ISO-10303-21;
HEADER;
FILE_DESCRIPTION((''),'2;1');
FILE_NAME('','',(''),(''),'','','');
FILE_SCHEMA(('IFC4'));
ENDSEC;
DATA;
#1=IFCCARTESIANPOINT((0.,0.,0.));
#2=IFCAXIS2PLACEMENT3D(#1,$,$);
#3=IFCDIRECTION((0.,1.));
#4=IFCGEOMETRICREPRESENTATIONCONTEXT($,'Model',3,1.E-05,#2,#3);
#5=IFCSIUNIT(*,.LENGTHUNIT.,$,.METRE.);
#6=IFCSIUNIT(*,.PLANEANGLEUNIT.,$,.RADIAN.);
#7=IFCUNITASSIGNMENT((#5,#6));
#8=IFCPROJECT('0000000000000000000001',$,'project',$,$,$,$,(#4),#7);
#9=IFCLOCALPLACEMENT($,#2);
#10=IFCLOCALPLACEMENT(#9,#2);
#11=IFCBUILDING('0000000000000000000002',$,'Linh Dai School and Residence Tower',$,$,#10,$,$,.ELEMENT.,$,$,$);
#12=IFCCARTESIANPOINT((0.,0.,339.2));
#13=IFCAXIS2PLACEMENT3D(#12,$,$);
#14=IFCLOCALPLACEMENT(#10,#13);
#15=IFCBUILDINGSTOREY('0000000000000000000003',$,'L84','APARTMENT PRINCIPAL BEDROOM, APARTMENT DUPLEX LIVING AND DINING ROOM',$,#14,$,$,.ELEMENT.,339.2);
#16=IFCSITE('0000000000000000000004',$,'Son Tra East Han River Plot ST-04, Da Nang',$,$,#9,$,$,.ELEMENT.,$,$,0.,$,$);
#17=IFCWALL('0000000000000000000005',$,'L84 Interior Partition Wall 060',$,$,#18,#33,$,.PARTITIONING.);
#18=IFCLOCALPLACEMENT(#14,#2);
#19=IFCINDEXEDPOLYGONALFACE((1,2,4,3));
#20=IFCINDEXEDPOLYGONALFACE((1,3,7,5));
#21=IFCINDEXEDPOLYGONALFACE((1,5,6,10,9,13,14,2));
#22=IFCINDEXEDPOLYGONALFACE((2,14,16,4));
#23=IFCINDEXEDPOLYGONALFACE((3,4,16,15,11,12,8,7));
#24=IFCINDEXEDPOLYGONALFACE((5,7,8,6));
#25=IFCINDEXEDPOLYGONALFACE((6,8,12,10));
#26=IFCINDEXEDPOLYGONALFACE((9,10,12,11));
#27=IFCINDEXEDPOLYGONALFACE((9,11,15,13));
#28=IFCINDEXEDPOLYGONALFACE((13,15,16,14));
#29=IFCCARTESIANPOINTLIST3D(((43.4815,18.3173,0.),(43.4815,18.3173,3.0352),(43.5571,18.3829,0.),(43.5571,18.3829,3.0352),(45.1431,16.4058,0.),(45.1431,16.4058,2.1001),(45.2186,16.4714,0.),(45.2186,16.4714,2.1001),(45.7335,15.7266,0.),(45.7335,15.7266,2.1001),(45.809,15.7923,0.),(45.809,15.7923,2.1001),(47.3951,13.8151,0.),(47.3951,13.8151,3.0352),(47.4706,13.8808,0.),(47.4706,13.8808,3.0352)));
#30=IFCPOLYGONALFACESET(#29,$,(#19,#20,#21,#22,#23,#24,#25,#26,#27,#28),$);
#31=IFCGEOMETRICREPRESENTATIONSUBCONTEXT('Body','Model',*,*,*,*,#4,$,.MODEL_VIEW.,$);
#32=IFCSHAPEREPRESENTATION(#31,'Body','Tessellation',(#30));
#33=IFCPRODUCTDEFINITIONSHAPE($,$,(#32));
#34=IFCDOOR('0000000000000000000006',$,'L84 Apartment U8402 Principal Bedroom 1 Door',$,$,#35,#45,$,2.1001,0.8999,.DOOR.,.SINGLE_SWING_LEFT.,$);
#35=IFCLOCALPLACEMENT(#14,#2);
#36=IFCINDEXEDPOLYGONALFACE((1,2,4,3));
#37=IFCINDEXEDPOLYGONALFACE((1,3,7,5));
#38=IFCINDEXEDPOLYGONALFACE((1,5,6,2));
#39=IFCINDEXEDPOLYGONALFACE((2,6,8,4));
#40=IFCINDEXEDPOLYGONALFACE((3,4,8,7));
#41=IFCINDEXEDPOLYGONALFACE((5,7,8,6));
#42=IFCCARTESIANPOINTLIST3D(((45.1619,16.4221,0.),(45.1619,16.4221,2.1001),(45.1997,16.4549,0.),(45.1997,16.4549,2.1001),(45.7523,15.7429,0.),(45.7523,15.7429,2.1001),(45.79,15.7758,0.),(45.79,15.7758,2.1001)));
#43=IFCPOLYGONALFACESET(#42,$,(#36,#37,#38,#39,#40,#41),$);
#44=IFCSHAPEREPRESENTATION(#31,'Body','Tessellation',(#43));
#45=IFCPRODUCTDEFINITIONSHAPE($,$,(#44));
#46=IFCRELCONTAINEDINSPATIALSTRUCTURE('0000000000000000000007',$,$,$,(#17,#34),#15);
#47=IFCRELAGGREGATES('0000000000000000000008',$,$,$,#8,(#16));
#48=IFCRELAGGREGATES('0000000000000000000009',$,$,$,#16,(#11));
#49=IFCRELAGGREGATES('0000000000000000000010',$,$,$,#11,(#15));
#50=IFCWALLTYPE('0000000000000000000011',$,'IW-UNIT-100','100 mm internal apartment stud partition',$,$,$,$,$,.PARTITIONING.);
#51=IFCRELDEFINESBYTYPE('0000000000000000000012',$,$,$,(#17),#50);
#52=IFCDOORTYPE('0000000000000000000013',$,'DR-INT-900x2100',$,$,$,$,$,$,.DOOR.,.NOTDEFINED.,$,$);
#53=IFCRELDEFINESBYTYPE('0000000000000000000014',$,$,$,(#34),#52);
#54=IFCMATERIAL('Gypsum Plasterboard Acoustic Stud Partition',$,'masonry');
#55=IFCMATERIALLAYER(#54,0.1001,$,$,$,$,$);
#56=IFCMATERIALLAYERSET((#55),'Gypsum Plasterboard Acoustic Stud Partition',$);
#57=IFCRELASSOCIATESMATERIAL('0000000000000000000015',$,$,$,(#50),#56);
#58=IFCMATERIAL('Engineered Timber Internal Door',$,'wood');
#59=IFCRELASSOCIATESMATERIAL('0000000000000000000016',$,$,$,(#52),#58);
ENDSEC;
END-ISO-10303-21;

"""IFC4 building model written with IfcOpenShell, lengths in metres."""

from ifc_helpers import new_model, si_unit, direction, frame, frame_2d, origin, origin_2d, place, context, subcontext, project, spatial, rectangle, extrude, source, transform, mapped, material, layer, layer_set, type_object, element, fill, save


model = new_model("IFC4")

# Units and contexts
model_context = context("Model", 3, precision=1e-05, world=origin(), true_north=direction((0.0, 1.0)))
body_context = subcontext(model_context, "Body", "Model", "MODEL_VIEW")
ifc_project = project(units=[si_unit("LENGTHUNIT", "METRE"), si_unit("PLANEANGLEUNIT", "RADIAN")], contexts=[model_context])

# Site, building, storey
site_placement = place(None, origin())
site = spatial("IfcSite", under=ifc_project, at=site_placement, Name="Son Tra East Han River Plot ST-04, Da Nang", CompositionType="ELEMENT", RefElevation=0.0)
building_placement = place(site_placement, origin())
building = spatial("IfcBuilding", under=site, at=building_placement, Name="Linh Dai School and Residence Tower", CompositionType="ELEMENT")
storey_placement = place(building_placement, frame((0.0, 0.0, 339.2)))
storey = spatial("IfcBuildingStorey", under=building, at=storey_placement, Name="L84", Description="APARTMENT PRINCIPAL BEDROOM, APARTMENT DUPLEX LIVING AND DINING ROOM", CompositionType="ELEMENT", Elevation=339.2)

# Wall, opening, door
ifc_material_1 = material(Name="Gypsum Plasterboard Acoustic Stud Partition", Category="masonry")
ifc_layer_1 = layer(ifc_material_1, 0.1001)
ifc_layer_set_1 = layer_set([ifc_layer_1], Name="Gypsum Plasterboard Acoustic Stud Partition")
wall_type_1 = type_object("IfcWallType", Name="IW-UNIT-100", Description="100 mm internal apartment stud partition", PredefinedType="PARTITIONING", material=ifc_layer_set_1)
wall_1_placement = place(storey_placement, frame((43.5193, 18.3501, 0.0), z_axis=(0.0, 0.0, 1.0), x_axis=(0.656047, -0.75472, 0.0)))
wall_1 = element("IfcWall", 1, at=wall_1_placement, inside=storey, type_object=wall_type_1, Name="L84 Interior Partition Wall 060", PredefinedType="PARTITIONING", context=body_context, shape_type="SweptSolid", body=[
    extrude(rectangle(XDim=5.9653, YDim=0.1001, at=frame_2d((2.9827, 0.0))), origin(), (0.0, 0.0, 1.0), 3.0352),
])
opening_1_placement = place(wall_1_placement, frame((2.5327, 0.0, 0.0)))
opening_1 = element("IfcOpeningElement", 2, at=opening_1_placement, cuts=wall_1, PredefinedType="OPENING", context=body_context, shape_type="SweptSolid", body=[
    extrude(rectangle(XDim=0.8999, YDim=2.1001, at=origin_2d()), frame((0.45, 0.0601, 1.05), z_axis=(0.0, -1.0, 0.0), x_axis=(1.0, 0.0, 0.0)), (0.0, 0.0, 1.0), 0.1201),
])
ifc_material_2 = material(Name="Engineered Timber Internal Door", Category="wood")
door_type_1 = type_object("IfcDoorType", Name="DR-INT-900x2100", OperationType="NOTDEFINED", PredefinedType="DOOR", material=ifc_material_2)
shared_shape_1 = source(origin(), body_context, "Body", "SweptSolid", [
    extrude(rectangle(XDim=0.8999, YDim=2.1001, at=origin_2d()), frame((0.45, 0.0249, 1.05), z_axis=(0.0, -1.0, 0.0), x_axis=(1.0, 0.0, 0.0)), (0.0, 0.0, 1.0), 0.05),
])
door_1_placement = place(opening_1_placement, origin())
door_1 = element("IfcDoor", 3, at=door_1_placement, inside=storey, type_object=door_type_1, Name="L84 Apartment U8402 Principal Bedroom 1 Door", OperationType="SINGLE_SWING_LEFT", OverallHeight=2.1001, OverallWidth=0.8999, PredefinedType="DOOR", context=body_context, shape_type="MappedRepresentation", body=[
    mapped(shared_shape_1, transform((0.0, 0.0, 0.0), x_axis=(1.0, 0.0, 0.0), y_axis=(0.0, 1.0, 0.0), z_axis=(0.0, 0.0, 1.0), scale=1.0)),
])
fill(opening_1, door_1)

save(model, "model.ifc")
